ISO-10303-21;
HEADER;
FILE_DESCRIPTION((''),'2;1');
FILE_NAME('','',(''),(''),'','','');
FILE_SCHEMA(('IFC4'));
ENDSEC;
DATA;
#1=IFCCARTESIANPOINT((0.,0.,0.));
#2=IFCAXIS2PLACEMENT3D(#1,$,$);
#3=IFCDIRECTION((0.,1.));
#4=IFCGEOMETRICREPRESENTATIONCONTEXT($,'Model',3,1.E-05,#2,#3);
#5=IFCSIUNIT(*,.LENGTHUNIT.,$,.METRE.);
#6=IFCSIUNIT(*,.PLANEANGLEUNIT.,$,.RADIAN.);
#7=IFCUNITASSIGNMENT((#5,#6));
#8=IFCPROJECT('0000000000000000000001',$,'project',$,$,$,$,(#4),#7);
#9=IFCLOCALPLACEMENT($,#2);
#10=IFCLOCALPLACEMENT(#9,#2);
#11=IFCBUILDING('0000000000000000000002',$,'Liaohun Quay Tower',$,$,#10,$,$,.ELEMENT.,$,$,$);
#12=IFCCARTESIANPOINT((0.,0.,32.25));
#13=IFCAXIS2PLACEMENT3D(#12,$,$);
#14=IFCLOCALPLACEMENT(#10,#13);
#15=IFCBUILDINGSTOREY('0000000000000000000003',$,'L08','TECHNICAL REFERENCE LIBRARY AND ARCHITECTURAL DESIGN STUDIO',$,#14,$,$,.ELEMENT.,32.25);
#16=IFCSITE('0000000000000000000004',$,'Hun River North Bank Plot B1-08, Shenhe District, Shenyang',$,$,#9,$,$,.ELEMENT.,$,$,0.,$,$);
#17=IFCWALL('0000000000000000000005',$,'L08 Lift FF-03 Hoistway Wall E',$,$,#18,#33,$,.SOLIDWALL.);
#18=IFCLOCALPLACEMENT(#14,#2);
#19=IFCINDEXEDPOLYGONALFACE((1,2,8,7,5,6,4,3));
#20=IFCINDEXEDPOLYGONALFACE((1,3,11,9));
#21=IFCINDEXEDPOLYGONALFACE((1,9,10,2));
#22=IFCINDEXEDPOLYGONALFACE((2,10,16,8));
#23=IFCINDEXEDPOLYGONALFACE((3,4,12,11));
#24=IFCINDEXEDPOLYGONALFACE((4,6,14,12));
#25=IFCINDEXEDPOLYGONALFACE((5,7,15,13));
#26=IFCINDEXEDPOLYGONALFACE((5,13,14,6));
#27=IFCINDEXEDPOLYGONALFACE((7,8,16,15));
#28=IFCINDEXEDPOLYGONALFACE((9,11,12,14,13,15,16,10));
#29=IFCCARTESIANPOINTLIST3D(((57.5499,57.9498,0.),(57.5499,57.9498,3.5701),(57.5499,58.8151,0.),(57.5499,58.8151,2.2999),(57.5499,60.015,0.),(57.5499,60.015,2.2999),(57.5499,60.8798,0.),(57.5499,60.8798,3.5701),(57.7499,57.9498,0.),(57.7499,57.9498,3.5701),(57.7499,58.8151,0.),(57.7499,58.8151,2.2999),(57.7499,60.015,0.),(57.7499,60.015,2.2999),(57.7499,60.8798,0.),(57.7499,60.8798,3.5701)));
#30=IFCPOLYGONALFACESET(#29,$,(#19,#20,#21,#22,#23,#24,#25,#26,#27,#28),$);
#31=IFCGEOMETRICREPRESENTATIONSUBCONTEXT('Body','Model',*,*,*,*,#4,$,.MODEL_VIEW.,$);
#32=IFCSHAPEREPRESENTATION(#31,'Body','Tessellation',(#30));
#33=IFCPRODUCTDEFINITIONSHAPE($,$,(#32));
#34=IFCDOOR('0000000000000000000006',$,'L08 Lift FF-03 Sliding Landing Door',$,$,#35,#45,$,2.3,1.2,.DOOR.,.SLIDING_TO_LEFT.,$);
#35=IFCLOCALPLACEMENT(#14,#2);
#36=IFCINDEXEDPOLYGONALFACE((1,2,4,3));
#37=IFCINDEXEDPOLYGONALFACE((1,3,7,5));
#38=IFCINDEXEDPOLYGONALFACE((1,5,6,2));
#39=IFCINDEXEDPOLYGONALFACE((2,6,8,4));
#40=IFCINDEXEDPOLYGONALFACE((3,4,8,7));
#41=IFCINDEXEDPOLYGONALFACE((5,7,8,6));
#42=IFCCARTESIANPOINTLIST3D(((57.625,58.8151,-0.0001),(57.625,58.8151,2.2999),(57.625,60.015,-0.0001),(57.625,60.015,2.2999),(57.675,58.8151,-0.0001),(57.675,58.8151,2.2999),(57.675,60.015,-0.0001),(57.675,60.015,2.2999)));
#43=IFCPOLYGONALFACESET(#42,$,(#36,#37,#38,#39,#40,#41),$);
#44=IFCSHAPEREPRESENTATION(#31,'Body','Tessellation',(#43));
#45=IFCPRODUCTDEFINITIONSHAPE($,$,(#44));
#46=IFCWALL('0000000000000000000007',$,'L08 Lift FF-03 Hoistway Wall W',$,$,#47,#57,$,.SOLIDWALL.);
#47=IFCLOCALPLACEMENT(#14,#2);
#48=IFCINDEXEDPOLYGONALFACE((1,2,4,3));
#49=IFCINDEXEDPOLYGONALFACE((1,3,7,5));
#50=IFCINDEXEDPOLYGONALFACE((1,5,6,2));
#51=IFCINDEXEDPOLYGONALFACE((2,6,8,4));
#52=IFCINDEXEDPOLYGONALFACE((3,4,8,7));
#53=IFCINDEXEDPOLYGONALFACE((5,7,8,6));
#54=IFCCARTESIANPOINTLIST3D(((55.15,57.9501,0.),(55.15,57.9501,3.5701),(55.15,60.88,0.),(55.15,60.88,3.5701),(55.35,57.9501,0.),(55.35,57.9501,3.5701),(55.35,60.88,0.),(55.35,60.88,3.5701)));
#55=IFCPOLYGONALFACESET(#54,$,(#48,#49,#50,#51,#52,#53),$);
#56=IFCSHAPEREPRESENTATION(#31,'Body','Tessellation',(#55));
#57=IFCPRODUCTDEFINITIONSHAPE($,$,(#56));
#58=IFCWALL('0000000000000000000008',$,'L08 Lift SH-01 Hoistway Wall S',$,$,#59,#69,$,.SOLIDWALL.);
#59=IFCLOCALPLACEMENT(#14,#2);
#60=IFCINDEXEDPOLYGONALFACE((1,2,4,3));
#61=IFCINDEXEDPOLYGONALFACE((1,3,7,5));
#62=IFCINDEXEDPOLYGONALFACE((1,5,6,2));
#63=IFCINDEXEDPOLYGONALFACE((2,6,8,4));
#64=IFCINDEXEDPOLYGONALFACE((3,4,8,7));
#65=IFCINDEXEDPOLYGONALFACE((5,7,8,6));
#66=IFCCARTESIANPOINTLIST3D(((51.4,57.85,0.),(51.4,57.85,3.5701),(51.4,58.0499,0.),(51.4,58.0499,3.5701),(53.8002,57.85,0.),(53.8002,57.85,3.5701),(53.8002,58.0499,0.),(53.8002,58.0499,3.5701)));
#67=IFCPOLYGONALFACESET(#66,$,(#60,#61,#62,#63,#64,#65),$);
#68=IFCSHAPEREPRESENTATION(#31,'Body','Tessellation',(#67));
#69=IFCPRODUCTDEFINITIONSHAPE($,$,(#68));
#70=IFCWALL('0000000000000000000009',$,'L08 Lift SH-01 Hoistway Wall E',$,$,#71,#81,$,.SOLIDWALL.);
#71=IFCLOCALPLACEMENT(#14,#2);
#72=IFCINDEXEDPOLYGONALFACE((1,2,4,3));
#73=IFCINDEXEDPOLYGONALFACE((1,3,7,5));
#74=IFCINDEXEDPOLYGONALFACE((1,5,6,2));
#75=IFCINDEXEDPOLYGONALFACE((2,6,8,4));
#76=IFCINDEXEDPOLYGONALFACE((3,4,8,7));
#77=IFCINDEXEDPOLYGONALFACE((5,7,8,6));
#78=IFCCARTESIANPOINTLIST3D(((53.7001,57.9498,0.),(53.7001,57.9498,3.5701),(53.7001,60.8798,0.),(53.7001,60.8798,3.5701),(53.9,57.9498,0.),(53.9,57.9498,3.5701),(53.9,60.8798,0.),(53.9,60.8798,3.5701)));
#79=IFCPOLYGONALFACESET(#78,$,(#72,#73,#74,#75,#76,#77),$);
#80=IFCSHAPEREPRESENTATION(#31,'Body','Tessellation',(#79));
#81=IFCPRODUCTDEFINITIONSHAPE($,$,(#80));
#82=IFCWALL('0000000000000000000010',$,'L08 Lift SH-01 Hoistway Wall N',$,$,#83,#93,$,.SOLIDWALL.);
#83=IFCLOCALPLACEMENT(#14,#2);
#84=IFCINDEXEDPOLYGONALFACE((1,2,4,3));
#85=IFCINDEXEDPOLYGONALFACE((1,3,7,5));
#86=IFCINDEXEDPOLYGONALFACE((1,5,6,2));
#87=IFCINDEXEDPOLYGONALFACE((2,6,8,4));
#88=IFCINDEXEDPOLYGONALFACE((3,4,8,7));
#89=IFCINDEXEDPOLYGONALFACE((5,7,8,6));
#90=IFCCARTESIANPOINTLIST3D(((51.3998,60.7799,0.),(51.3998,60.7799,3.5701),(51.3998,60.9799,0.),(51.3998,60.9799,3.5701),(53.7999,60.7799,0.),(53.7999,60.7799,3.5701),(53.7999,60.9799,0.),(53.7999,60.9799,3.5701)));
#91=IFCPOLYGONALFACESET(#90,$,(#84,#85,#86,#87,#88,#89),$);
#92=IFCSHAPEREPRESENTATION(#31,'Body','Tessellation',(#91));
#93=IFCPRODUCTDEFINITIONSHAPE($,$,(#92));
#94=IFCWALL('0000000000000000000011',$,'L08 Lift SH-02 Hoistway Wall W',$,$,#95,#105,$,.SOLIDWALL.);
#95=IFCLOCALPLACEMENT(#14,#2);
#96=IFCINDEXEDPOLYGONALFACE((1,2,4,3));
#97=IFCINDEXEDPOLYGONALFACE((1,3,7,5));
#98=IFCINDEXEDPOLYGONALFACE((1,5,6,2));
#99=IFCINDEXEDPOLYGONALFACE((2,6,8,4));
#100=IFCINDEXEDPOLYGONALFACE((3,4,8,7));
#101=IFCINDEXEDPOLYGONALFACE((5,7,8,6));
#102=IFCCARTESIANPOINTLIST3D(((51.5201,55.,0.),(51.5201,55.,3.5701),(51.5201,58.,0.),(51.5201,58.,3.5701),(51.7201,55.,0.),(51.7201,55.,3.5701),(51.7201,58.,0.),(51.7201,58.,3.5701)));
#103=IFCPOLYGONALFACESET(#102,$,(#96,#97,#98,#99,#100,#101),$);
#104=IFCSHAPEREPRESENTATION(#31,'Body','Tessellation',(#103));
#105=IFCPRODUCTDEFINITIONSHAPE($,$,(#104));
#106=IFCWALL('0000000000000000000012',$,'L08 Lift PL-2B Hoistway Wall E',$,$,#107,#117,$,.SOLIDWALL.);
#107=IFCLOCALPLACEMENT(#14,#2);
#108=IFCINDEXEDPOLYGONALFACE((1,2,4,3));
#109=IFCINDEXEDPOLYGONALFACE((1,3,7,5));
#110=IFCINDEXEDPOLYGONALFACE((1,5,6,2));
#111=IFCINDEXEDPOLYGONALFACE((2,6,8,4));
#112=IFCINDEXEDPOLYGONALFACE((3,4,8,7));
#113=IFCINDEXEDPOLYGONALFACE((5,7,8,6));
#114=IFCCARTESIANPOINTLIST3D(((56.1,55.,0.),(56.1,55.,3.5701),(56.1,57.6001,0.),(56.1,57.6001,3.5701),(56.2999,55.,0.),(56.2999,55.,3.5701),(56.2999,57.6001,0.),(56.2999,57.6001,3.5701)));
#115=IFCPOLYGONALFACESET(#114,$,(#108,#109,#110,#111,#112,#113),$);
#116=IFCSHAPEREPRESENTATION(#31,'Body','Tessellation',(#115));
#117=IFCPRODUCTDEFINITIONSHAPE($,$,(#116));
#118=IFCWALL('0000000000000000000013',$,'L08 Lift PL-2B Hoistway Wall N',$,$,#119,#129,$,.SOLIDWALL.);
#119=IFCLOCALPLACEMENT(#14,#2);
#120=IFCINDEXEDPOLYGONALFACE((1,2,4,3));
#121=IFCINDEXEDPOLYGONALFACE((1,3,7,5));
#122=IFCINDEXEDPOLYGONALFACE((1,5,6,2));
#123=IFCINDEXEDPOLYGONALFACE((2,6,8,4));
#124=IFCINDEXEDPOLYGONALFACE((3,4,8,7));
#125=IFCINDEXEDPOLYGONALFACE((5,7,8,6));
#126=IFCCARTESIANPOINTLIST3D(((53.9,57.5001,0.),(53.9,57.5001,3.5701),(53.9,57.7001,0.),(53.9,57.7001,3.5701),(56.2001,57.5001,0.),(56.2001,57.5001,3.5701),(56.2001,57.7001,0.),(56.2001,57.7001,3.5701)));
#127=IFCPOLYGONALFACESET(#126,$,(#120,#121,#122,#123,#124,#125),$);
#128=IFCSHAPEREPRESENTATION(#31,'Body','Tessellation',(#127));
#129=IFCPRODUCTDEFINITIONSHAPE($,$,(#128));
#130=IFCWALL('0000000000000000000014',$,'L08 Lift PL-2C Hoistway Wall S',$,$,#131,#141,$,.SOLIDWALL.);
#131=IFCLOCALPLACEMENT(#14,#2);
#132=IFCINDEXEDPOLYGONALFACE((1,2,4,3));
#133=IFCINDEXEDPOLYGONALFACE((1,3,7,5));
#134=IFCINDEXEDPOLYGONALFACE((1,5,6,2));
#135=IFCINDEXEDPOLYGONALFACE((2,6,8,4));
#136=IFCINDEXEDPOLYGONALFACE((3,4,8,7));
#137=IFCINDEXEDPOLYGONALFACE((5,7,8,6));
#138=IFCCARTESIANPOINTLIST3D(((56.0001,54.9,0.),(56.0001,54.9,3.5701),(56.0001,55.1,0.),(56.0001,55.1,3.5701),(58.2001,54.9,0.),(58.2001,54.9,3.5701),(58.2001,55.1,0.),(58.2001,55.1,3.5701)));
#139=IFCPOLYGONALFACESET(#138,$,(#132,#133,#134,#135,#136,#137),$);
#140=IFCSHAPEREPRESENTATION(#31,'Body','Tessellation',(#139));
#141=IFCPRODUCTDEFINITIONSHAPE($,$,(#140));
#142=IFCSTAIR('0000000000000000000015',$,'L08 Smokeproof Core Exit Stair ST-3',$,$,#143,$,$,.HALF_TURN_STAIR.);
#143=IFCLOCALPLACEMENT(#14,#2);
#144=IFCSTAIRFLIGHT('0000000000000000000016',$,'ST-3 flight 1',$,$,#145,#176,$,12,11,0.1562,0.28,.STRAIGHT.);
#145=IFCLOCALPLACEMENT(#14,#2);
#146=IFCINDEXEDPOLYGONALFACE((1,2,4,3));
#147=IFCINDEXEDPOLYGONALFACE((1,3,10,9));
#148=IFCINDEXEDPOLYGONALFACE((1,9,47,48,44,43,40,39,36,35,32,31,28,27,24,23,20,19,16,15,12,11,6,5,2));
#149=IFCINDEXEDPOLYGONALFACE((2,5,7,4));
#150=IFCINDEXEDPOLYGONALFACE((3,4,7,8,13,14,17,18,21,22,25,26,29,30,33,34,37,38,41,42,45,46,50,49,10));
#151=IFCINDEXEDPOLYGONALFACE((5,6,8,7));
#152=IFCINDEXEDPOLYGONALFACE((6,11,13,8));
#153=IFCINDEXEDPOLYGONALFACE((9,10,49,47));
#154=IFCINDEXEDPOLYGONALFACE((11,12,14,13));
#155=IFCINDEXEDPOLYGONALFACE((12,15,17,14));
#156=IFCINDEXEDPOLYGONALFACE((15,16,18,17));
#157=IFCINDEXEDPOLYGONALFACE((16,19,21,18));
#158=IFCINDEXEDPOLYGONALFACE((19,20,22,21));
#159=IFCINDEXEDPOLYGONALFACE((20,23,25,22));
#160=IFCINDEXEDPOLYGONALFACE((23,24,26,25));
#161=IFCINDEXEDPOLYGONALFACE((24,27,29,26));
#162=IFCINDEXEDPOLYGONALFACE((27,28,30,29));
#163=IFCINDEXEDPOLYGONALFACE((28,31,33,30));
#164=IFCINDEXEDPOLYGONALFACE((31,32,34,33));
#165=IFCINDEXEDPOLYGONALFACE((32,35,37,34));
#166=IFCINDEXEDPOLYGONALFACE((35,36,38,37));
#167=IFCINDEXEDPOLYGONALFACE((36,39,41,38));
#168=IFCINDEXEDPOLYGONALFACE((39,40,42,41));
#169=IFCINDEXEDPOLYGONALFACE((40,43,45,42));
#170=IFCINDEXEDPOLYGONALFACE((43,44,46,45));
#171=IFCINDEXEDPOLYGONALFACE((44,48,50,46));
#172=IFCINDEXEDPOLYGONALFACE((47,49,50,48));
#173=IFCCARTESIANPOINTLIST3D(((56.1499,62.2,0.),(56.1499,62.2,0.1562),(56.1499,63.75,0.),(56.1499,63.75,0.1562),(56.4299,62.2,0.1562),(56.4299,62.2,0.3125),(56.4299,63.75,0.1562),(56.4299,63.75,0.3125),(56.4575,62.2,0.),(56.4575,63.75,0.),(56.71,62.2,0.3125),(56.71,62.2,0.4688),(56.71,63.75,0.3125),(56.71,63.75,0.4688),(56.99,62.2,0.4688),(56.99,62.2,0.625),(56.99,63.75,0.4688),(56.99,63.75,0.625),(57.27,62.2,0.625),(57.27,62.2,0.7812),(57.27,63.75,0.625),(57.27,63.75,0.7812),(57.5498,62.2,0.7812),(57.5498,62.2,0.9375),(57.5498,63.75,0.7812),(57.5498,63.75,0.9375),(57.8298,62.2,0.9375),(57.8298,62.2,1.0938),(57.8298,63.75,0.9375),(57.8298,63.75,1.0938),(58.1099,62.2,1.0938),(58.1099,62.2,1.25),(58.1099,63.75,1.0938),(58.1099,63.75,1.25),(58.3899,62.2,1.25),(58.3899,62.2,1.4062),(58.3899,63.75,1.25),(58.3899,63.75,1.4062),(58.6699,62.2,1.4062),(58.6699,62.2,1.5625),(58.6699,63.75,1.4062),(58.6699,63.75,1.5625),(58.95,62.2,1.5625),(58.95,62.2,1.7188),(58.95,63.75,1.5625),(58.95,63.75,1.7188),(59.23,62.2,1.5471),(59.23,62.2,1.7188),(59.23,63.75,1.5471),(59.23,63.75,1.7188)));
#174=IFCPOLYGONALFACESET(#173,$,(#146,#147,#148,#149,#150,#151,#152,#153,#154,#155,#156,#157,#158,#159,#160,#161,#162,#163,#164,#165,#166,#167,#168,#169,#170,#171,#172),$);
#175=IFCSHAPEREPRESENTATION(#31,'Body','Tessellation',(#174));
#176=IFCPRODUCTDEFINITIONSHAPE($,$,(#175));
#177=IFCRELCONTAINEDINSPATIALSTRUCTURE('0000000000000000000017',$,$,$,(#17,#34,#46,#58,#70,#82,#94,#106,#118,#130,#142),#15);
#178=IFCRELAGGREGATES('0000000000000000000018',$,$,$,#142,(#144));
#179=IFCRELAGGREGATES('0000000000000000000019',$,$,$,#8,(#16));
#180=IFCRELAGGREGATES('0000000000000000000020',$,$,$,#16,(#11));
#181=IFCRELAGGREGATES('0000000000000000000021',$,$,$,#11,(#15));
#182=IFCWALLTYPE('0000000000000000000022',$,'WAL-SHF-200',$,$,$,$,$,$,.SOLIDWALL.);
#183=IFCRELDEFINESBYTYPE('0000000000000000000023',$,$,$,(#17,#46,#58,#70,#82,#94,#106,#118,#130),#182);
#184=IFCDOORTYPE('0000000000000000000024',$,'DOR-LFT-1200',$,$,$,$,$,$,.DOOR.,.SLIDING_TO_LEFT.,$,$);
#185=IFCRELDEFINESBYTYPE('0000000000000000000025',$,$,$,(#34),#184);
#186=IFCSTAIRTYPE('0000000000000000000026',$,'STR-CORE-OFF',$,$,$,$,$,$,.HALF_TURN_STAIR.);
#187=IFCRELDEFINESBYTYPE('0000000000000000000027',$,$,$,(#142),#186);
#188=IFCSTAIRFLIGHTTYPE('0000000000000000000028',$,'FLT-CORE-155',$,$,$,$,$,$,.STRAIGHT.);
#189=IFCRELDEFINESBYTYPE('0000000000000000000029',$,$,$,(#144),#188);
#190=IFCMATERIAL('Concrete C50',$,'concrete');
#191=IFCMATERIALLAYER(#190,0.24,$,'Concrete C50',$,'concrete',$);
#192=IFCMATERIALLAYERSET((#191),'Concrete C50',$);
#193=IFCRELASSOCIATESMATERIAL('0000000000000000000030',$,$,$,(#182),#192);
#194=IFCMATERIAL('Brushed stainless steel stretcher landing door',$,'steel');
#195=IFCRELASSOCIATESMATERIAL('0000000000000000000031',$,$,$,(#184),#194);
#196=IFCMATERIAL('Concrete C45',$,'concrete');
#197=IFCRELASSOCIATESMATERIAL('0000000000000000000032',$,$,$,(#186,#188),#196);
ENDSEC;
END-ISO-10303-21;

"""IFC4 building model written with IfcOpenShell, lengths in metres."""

from ifc_helpers import new_model, si_unit, direction, frame, frame_2d, origin, place, context, subcontext, project, spatial, polyline, rectangle, outline, extrude, source, transform, mapped, material, layer, layer_set, type_object, element, fill, aggregate, save


model = new_model("IFC4")

# Units and contexts
model_context = context("Model", 3, precision=1e-05, world=origin(), true_north=direction((0.0, 1.0)))
body_context = subcontext(model_context, "Body", "Model", "MODEL_VIEW")
ifc_project = project(units=[si_unit("LENGTHUNIT", "METRE"), si_unit("PLANEANGLEUNIT", "RADIAN")], contexts=[model_context])

# Site, building, storey
site_placement = place(None, origin())
site = spatial("IfcSite", under=ifc_project, at=site_placement, Name="Hun River North Bank Plot B1-08, Shenhe District, Shenyang", CompositionType="ELEMENT", RefElevation=0.0)
building_placement = place(site_placement, origin())
building = spatial("IfcBuilding", under=site, at=building_placement, Name="Liaohun Quay Tower", CompositionType="ELEMENT")
storey_placement = place(building_placement, frame((0.0, 0.0, 32.25)))
storey = spatial("IfcBuildingStorey", under=building, at=storey_placement, Name="L08", Description="TECHNICAL REFERENCE LIBRARY AND ARCHITECTURAL DESIGN STUDIO", CompositionType="ELEMENT", Elevation=32.25)

# Shared definitions
ifc_material_1 = material(Name="Concrete C50", Category="concrete")
ifc_layer_1 = layer(ifc_material_1, 0.24, Name="Concrete C50", Category="concrete")
ifc_layer_set_1 = layer_set([ifc_layer_1], Name="Concrete C50")
wall_type_1 = type_object("IfcWallType", Name="WAL-SHF-200", PredefinedType="SOLIDWALL", material=ifc_layer_set_1)

# Wall, opening, door
wall_1_placement = place(storey_placement, frame((57.6499, 57.95, 0.0), z_axis=(0.0, 0.0, 1.0), x_axis=(0.0, 1.0, 0.0)))
wall_1 = element("IfcWall", 1, at=wall_1_placement, inside=storey, type_object=wall_type_1, Name="L08 Lift FF-03 Hoistway Wall E", PredefinedType="SOLIDWALL", context=body_context, shape_type="SweptSolid", body=[
    extrude(rectangle(XDim=2.9299, YDim=0.2, at=frame_2d((1.4648, 0.0))), origin(), (0.0, 0.0, 1.0), 3.5701),
])
shared_shape_1 = source(origin(), body_context, "Body", "SweptSolid", [
    extrude(rectangle(XDim=1.2, YDim=2.3, at=frame_2d((0.6001, 1.1499))), frame((0.0, 0.1099, 0.0), z_axis=(0.0, -1.0, 0.0), x_axis=(1.0, 0.0, 0.0)), (0.0, 0.0, 1.0), 0.22),
])
opening_1_placement = place(wall_1_placement, frame((0.865, 0.0, 0.0)))
opening_1 = element("IfcOpeningElement", 2, at=opening_1_placement, cuts=wall_1, PredefinedType="OPENING", context=body_context, shape_type="MappedRepresentation", body=[
    mapped(shared_shape_1, transform((0.0, 0.0, 0.0), x_axis=(1.0, 0.0, 0.0), y_axis=(0.0, 1.0, 0.0), z_axis=(0.0, 0.0, 1.0), scale=1.0)),
])
ifc_material_2 = material(Name="Brushed stainless steel stretcher landing door", Category="steel")
door_type_1 = type_object("IfcDoorType", Name="DOR-LFT-1200", OperationType="SLIDING_TO_LEFT", PredefinedType="DOOR", material=ifc_material_2)
shared_shape_2 = source(origin(), body_context, "Body", "SweptSolid", [
    extrude(rectangle(XDim=1.2, YDim=2.3, at=frame_2d((0.6001, 1.1499))), frame((0.0, 0.0249, 0.0), z_axis=(0.0, -1.0, 0.0), x_axis=(1.0, 0.0, 0.0)), (0.0, 0.0, 1.0), 0.05),
])
door_1_placement = place(opening_1_placement, origin())
door_1 = element("IfcDoor", 3, at=door_1_placement, inside=storey, type_object=door_type_1, Name="L08 Lift FF-03 Sliding Landing Door", OperationType="SLIDING_TO_LEFT", OverallHeight=2.3, OverallWidth=1.2, PredefinedType="DOOR", context=body_context, shape_type="MappedRepresentation", body=[
    mapped(shared_shape_2, transform((0.0, 0.0, 0.0), x_axis=(1.0, 0.0, 0.0), y_axis=(0.0, 1.0, 0.0), z_axis=(0.0, 0.0, 1.0), scale=1.0)),
])
fill(opening_1, door_1)

# Walls
wall_2_placement = place(storey_placement, frame((55.25, 60.8799, 0.0), z_axis=(0.0, 0.0, 1.0), x_axis=(0.0, -1.0, 0.0)))
element("IfcWall", 4, at=wall_2_placement, inside=storey, type_object=wall_type_1, Name="L08 Lift FF-03 Hoistway Wall W", PredefinedType="SOLIDWALL", context=body_context, shape_type="SweptSolid", body=[
    extrude(rectangle(XDim=2.9299, YDim=0.2, at=frame_2d((1.4648, 0.0))), origin(), (0.0, 0.0, 1.0), 3.5701),
])
wall_3_placement = place(storey_placement, frame((51.3999, 57.95, 0.0), z_axis=(0.0, 0.0, 1.0), x_axis=(1.0, 0.0, 0.0)))
element("IfcWall", 5, at=wall_3_placement, inside=storey, type_object=wall_type_1, Name="L08 Lift SH-01 Hoistway Wall S", PredefinedType="SOLIDWALL", context=body_context, shape_type="SweptSolid", body=[
    extrude(rectangle(XDim=2.4001, YDim=0.2, at=frame_2d((1.2002, 0.0))), origin(), (0.0, 0.0, 1.0), 3.5701),
])
wall_4_placement = place(storey_placement, frame((53.8, 57.95, 0.0), z_axis=(0.0, 0.0, 1.0), x_axis=(0.0, 1.0, 0.0)))
element("IfcWall", 6, at=wall_4_placement, inside=storey, type_object=wall_type_1, Name="L08 Lift SH-01 Hoistway Wall E", PredefinedType="SOLIDWALL", context=body_context, shape_type="SweptSolid", body=[
    extrude(rectangle(XDim=2.9299, YDim=0.2, at=frame_2d((1.4648, 0.0))), origin(), (0.0, 0.0, 1.0), 3.5701),
])
wall_5_placement = place(storey_placement, frame((53.8, 60.8799, 0.0), z_axis=(0.0, 0.0, 1.0), x_axis=(-1.0, 0.0, 0.0)))
element("IfcWall", 7, at=wall_5_placement, inside=storey, type_object=wall_type_1, Name="L08 Lift SH-01 Hoistway Wall N", PredefinedType="SOLIDWALL", context=body_context, shape_type="SweptSolid", body=[
    extrude(rectangle(XDim=2.4001, YDim=0.2, at=frame_2d((1.2002, 0.0))), origin(), (0.0, 0.0, 1.0), 3.5701),
])
wall_6_placement = place(storey_placement, frame((51.6201, 58.0, 0.0), z_axis=(0.0, 0.0, 1.0), x_axis=(0.0, -1.0, 0.0)))
element("IfcWall", 8, at=wall_6_placement, inside=storey, type_object=wall_type_1, Name="L08 Lift SH-02 Hoistway Wall W", PredefinedType="SOLIDWALL", context=body_context, shape_type="SweptSolid", body=[
    extrude(rectangle(XDim=3.0, YDim=0.2, at=frame_2d((1.5, 0.0))), origin(), (0.0, 0.0, 1.0), 3.5701),
])
wall_7_placement = place(storey_placement, frame((56.2, 55.0, 0.0), z_axis=(0.0, 0.0, 1.0), x_axis=(0.0, 1.0, 0.0)))
element("IfcWall", 9, at=wall_7_placement, inside=storey, type_object=wall_type_1, Name="L08 Lift PL-2B Hoistway Wall E", PredefinedType="SOLIDWALL", context=body_context, shape_type="SweptSolid", body=[
    extrude(rectangle(XDim=2.6001, YDim=0.2, at=frame_2d((1.3, 0.0))), origin(), (0.0, 0.0, 1.0), 3.5701),
])
wall_8_placement = place(storey_placement, frame((56.2, 57.6001, 0.0), z_axis=(0.0, 0.0, 1.0), x_axis=(-1.0, 0.0, 0.0)))
element("IfcWall", 10, at=wall_8_placement, inside=storey, type_object=wall_type_1, Name="L08 Lift PL-2B Hoistway Wall N", PredefinedType="SOLIDWALL", context=body_context, shape_type="SweptSolid", body=[
    extrude(rectangle(XDim=2.3, YDim=0.2, at=frame_2d((1.1499, 0.0))), origin(), (0.0, 0.0, 1.0), 3.5701),
])
wall_9_placement = place(storey_placement, frame((56.0, 55.0, 0.0), z_axis=(0.0, 0.0, 1.0), x_axis=(1.0, 0.0, 0.0)))
element("IfcWall", 11, at=wall_9_placement, inside=storey, type_object=wall_type_1, Name="L08 Lift PL-2C Hoistway Wall S", PredefinedType="SOLIDWALL", context=body_context, shape_type="SweptSolid", body=[
    extrude(rectangle(XDim=2.2, YDim=0.2, at=frame_2d((1.1001, 0.0))), origin(), (0.0, 0.0, 1.0), 3.5701),
])

# Stair, stair flight
ifc_material_3 = material(Name="Concrete C45", Category="concrete")
stair_type = type_object("IfcStairType", Name="STR-CORE-OFF", PredefinedType="HALF_TURN_STAIR", material=ifc_material_3)
stair_placement = place(storey_placement, origin())
stair = element("IfcStair", 12, at=stair_placement, inside=storey, type_object=stair_type, Name="L08 Smokeproof Core Exit Stair ST-3", PredefinedType="HALF_TURN_STAIR")
stair_flight_type = type_object("IfcStairFlightType", Name="FLT-CORE-155", PredefinedType="STRAIGHT", material=ifc_material_3)
stair_flight_placement = place(storey_placement, frame((56.1499, 62.9751, 0.0), z_axis=(0.0, 0.0, 1.0), x_axis=(1.0, 0.0, 0.0)))
stair_flight = element("IfcStairFlight", 13, at=stair_flight_placement, type_object=stair_flight_type, Name="ST-3 flight 1", NumberOfRisers=12, NumberOfTreads=11, PredefinedType="STRAIGHT", RiserHeight=0.1562, TreadLength=0.28, context=body_context, shape_type="SweptSolid", body=[
    extrude(outline(polyline([(0.0, 0.0), (0.0, 0.1562), (0.28, 0.1562), (0.28, 0.3125), (0.5601, 0.3125), (0.5601, 0.4688), (0.8401, 0.4688), (0.8401, 0.625), (1.1201, 0.625), (1.1201, 0.7812), (1.3999, 0.7812), (1.3999, 0.9375), (1.6799, 0.9375), (1.6799, 1.0938), (1.96, 1.0938), (1.96, 1.25), (2.24, 1.25), (2.24, 1.4062), (2.52, 1.4062), (2.52, 1.5625), (2.8, 1.5625), (2.8, 1.7188), (3.0801, 1.7188), (3.0801, 1.875), (3.0801, 1.5471), (0.3076, 0.0), (0.0, 0.0)])), frame((0.0, 0.7749, 0.0), z_axis=(0.0, -1.0, 0.0), x_axis=(1.0, 0.0, 0.0)), (0.0, 0.0, 1.0), 1.55),
])
aggregate(stair, [stair_flight])

save(model, "model.ifc")
